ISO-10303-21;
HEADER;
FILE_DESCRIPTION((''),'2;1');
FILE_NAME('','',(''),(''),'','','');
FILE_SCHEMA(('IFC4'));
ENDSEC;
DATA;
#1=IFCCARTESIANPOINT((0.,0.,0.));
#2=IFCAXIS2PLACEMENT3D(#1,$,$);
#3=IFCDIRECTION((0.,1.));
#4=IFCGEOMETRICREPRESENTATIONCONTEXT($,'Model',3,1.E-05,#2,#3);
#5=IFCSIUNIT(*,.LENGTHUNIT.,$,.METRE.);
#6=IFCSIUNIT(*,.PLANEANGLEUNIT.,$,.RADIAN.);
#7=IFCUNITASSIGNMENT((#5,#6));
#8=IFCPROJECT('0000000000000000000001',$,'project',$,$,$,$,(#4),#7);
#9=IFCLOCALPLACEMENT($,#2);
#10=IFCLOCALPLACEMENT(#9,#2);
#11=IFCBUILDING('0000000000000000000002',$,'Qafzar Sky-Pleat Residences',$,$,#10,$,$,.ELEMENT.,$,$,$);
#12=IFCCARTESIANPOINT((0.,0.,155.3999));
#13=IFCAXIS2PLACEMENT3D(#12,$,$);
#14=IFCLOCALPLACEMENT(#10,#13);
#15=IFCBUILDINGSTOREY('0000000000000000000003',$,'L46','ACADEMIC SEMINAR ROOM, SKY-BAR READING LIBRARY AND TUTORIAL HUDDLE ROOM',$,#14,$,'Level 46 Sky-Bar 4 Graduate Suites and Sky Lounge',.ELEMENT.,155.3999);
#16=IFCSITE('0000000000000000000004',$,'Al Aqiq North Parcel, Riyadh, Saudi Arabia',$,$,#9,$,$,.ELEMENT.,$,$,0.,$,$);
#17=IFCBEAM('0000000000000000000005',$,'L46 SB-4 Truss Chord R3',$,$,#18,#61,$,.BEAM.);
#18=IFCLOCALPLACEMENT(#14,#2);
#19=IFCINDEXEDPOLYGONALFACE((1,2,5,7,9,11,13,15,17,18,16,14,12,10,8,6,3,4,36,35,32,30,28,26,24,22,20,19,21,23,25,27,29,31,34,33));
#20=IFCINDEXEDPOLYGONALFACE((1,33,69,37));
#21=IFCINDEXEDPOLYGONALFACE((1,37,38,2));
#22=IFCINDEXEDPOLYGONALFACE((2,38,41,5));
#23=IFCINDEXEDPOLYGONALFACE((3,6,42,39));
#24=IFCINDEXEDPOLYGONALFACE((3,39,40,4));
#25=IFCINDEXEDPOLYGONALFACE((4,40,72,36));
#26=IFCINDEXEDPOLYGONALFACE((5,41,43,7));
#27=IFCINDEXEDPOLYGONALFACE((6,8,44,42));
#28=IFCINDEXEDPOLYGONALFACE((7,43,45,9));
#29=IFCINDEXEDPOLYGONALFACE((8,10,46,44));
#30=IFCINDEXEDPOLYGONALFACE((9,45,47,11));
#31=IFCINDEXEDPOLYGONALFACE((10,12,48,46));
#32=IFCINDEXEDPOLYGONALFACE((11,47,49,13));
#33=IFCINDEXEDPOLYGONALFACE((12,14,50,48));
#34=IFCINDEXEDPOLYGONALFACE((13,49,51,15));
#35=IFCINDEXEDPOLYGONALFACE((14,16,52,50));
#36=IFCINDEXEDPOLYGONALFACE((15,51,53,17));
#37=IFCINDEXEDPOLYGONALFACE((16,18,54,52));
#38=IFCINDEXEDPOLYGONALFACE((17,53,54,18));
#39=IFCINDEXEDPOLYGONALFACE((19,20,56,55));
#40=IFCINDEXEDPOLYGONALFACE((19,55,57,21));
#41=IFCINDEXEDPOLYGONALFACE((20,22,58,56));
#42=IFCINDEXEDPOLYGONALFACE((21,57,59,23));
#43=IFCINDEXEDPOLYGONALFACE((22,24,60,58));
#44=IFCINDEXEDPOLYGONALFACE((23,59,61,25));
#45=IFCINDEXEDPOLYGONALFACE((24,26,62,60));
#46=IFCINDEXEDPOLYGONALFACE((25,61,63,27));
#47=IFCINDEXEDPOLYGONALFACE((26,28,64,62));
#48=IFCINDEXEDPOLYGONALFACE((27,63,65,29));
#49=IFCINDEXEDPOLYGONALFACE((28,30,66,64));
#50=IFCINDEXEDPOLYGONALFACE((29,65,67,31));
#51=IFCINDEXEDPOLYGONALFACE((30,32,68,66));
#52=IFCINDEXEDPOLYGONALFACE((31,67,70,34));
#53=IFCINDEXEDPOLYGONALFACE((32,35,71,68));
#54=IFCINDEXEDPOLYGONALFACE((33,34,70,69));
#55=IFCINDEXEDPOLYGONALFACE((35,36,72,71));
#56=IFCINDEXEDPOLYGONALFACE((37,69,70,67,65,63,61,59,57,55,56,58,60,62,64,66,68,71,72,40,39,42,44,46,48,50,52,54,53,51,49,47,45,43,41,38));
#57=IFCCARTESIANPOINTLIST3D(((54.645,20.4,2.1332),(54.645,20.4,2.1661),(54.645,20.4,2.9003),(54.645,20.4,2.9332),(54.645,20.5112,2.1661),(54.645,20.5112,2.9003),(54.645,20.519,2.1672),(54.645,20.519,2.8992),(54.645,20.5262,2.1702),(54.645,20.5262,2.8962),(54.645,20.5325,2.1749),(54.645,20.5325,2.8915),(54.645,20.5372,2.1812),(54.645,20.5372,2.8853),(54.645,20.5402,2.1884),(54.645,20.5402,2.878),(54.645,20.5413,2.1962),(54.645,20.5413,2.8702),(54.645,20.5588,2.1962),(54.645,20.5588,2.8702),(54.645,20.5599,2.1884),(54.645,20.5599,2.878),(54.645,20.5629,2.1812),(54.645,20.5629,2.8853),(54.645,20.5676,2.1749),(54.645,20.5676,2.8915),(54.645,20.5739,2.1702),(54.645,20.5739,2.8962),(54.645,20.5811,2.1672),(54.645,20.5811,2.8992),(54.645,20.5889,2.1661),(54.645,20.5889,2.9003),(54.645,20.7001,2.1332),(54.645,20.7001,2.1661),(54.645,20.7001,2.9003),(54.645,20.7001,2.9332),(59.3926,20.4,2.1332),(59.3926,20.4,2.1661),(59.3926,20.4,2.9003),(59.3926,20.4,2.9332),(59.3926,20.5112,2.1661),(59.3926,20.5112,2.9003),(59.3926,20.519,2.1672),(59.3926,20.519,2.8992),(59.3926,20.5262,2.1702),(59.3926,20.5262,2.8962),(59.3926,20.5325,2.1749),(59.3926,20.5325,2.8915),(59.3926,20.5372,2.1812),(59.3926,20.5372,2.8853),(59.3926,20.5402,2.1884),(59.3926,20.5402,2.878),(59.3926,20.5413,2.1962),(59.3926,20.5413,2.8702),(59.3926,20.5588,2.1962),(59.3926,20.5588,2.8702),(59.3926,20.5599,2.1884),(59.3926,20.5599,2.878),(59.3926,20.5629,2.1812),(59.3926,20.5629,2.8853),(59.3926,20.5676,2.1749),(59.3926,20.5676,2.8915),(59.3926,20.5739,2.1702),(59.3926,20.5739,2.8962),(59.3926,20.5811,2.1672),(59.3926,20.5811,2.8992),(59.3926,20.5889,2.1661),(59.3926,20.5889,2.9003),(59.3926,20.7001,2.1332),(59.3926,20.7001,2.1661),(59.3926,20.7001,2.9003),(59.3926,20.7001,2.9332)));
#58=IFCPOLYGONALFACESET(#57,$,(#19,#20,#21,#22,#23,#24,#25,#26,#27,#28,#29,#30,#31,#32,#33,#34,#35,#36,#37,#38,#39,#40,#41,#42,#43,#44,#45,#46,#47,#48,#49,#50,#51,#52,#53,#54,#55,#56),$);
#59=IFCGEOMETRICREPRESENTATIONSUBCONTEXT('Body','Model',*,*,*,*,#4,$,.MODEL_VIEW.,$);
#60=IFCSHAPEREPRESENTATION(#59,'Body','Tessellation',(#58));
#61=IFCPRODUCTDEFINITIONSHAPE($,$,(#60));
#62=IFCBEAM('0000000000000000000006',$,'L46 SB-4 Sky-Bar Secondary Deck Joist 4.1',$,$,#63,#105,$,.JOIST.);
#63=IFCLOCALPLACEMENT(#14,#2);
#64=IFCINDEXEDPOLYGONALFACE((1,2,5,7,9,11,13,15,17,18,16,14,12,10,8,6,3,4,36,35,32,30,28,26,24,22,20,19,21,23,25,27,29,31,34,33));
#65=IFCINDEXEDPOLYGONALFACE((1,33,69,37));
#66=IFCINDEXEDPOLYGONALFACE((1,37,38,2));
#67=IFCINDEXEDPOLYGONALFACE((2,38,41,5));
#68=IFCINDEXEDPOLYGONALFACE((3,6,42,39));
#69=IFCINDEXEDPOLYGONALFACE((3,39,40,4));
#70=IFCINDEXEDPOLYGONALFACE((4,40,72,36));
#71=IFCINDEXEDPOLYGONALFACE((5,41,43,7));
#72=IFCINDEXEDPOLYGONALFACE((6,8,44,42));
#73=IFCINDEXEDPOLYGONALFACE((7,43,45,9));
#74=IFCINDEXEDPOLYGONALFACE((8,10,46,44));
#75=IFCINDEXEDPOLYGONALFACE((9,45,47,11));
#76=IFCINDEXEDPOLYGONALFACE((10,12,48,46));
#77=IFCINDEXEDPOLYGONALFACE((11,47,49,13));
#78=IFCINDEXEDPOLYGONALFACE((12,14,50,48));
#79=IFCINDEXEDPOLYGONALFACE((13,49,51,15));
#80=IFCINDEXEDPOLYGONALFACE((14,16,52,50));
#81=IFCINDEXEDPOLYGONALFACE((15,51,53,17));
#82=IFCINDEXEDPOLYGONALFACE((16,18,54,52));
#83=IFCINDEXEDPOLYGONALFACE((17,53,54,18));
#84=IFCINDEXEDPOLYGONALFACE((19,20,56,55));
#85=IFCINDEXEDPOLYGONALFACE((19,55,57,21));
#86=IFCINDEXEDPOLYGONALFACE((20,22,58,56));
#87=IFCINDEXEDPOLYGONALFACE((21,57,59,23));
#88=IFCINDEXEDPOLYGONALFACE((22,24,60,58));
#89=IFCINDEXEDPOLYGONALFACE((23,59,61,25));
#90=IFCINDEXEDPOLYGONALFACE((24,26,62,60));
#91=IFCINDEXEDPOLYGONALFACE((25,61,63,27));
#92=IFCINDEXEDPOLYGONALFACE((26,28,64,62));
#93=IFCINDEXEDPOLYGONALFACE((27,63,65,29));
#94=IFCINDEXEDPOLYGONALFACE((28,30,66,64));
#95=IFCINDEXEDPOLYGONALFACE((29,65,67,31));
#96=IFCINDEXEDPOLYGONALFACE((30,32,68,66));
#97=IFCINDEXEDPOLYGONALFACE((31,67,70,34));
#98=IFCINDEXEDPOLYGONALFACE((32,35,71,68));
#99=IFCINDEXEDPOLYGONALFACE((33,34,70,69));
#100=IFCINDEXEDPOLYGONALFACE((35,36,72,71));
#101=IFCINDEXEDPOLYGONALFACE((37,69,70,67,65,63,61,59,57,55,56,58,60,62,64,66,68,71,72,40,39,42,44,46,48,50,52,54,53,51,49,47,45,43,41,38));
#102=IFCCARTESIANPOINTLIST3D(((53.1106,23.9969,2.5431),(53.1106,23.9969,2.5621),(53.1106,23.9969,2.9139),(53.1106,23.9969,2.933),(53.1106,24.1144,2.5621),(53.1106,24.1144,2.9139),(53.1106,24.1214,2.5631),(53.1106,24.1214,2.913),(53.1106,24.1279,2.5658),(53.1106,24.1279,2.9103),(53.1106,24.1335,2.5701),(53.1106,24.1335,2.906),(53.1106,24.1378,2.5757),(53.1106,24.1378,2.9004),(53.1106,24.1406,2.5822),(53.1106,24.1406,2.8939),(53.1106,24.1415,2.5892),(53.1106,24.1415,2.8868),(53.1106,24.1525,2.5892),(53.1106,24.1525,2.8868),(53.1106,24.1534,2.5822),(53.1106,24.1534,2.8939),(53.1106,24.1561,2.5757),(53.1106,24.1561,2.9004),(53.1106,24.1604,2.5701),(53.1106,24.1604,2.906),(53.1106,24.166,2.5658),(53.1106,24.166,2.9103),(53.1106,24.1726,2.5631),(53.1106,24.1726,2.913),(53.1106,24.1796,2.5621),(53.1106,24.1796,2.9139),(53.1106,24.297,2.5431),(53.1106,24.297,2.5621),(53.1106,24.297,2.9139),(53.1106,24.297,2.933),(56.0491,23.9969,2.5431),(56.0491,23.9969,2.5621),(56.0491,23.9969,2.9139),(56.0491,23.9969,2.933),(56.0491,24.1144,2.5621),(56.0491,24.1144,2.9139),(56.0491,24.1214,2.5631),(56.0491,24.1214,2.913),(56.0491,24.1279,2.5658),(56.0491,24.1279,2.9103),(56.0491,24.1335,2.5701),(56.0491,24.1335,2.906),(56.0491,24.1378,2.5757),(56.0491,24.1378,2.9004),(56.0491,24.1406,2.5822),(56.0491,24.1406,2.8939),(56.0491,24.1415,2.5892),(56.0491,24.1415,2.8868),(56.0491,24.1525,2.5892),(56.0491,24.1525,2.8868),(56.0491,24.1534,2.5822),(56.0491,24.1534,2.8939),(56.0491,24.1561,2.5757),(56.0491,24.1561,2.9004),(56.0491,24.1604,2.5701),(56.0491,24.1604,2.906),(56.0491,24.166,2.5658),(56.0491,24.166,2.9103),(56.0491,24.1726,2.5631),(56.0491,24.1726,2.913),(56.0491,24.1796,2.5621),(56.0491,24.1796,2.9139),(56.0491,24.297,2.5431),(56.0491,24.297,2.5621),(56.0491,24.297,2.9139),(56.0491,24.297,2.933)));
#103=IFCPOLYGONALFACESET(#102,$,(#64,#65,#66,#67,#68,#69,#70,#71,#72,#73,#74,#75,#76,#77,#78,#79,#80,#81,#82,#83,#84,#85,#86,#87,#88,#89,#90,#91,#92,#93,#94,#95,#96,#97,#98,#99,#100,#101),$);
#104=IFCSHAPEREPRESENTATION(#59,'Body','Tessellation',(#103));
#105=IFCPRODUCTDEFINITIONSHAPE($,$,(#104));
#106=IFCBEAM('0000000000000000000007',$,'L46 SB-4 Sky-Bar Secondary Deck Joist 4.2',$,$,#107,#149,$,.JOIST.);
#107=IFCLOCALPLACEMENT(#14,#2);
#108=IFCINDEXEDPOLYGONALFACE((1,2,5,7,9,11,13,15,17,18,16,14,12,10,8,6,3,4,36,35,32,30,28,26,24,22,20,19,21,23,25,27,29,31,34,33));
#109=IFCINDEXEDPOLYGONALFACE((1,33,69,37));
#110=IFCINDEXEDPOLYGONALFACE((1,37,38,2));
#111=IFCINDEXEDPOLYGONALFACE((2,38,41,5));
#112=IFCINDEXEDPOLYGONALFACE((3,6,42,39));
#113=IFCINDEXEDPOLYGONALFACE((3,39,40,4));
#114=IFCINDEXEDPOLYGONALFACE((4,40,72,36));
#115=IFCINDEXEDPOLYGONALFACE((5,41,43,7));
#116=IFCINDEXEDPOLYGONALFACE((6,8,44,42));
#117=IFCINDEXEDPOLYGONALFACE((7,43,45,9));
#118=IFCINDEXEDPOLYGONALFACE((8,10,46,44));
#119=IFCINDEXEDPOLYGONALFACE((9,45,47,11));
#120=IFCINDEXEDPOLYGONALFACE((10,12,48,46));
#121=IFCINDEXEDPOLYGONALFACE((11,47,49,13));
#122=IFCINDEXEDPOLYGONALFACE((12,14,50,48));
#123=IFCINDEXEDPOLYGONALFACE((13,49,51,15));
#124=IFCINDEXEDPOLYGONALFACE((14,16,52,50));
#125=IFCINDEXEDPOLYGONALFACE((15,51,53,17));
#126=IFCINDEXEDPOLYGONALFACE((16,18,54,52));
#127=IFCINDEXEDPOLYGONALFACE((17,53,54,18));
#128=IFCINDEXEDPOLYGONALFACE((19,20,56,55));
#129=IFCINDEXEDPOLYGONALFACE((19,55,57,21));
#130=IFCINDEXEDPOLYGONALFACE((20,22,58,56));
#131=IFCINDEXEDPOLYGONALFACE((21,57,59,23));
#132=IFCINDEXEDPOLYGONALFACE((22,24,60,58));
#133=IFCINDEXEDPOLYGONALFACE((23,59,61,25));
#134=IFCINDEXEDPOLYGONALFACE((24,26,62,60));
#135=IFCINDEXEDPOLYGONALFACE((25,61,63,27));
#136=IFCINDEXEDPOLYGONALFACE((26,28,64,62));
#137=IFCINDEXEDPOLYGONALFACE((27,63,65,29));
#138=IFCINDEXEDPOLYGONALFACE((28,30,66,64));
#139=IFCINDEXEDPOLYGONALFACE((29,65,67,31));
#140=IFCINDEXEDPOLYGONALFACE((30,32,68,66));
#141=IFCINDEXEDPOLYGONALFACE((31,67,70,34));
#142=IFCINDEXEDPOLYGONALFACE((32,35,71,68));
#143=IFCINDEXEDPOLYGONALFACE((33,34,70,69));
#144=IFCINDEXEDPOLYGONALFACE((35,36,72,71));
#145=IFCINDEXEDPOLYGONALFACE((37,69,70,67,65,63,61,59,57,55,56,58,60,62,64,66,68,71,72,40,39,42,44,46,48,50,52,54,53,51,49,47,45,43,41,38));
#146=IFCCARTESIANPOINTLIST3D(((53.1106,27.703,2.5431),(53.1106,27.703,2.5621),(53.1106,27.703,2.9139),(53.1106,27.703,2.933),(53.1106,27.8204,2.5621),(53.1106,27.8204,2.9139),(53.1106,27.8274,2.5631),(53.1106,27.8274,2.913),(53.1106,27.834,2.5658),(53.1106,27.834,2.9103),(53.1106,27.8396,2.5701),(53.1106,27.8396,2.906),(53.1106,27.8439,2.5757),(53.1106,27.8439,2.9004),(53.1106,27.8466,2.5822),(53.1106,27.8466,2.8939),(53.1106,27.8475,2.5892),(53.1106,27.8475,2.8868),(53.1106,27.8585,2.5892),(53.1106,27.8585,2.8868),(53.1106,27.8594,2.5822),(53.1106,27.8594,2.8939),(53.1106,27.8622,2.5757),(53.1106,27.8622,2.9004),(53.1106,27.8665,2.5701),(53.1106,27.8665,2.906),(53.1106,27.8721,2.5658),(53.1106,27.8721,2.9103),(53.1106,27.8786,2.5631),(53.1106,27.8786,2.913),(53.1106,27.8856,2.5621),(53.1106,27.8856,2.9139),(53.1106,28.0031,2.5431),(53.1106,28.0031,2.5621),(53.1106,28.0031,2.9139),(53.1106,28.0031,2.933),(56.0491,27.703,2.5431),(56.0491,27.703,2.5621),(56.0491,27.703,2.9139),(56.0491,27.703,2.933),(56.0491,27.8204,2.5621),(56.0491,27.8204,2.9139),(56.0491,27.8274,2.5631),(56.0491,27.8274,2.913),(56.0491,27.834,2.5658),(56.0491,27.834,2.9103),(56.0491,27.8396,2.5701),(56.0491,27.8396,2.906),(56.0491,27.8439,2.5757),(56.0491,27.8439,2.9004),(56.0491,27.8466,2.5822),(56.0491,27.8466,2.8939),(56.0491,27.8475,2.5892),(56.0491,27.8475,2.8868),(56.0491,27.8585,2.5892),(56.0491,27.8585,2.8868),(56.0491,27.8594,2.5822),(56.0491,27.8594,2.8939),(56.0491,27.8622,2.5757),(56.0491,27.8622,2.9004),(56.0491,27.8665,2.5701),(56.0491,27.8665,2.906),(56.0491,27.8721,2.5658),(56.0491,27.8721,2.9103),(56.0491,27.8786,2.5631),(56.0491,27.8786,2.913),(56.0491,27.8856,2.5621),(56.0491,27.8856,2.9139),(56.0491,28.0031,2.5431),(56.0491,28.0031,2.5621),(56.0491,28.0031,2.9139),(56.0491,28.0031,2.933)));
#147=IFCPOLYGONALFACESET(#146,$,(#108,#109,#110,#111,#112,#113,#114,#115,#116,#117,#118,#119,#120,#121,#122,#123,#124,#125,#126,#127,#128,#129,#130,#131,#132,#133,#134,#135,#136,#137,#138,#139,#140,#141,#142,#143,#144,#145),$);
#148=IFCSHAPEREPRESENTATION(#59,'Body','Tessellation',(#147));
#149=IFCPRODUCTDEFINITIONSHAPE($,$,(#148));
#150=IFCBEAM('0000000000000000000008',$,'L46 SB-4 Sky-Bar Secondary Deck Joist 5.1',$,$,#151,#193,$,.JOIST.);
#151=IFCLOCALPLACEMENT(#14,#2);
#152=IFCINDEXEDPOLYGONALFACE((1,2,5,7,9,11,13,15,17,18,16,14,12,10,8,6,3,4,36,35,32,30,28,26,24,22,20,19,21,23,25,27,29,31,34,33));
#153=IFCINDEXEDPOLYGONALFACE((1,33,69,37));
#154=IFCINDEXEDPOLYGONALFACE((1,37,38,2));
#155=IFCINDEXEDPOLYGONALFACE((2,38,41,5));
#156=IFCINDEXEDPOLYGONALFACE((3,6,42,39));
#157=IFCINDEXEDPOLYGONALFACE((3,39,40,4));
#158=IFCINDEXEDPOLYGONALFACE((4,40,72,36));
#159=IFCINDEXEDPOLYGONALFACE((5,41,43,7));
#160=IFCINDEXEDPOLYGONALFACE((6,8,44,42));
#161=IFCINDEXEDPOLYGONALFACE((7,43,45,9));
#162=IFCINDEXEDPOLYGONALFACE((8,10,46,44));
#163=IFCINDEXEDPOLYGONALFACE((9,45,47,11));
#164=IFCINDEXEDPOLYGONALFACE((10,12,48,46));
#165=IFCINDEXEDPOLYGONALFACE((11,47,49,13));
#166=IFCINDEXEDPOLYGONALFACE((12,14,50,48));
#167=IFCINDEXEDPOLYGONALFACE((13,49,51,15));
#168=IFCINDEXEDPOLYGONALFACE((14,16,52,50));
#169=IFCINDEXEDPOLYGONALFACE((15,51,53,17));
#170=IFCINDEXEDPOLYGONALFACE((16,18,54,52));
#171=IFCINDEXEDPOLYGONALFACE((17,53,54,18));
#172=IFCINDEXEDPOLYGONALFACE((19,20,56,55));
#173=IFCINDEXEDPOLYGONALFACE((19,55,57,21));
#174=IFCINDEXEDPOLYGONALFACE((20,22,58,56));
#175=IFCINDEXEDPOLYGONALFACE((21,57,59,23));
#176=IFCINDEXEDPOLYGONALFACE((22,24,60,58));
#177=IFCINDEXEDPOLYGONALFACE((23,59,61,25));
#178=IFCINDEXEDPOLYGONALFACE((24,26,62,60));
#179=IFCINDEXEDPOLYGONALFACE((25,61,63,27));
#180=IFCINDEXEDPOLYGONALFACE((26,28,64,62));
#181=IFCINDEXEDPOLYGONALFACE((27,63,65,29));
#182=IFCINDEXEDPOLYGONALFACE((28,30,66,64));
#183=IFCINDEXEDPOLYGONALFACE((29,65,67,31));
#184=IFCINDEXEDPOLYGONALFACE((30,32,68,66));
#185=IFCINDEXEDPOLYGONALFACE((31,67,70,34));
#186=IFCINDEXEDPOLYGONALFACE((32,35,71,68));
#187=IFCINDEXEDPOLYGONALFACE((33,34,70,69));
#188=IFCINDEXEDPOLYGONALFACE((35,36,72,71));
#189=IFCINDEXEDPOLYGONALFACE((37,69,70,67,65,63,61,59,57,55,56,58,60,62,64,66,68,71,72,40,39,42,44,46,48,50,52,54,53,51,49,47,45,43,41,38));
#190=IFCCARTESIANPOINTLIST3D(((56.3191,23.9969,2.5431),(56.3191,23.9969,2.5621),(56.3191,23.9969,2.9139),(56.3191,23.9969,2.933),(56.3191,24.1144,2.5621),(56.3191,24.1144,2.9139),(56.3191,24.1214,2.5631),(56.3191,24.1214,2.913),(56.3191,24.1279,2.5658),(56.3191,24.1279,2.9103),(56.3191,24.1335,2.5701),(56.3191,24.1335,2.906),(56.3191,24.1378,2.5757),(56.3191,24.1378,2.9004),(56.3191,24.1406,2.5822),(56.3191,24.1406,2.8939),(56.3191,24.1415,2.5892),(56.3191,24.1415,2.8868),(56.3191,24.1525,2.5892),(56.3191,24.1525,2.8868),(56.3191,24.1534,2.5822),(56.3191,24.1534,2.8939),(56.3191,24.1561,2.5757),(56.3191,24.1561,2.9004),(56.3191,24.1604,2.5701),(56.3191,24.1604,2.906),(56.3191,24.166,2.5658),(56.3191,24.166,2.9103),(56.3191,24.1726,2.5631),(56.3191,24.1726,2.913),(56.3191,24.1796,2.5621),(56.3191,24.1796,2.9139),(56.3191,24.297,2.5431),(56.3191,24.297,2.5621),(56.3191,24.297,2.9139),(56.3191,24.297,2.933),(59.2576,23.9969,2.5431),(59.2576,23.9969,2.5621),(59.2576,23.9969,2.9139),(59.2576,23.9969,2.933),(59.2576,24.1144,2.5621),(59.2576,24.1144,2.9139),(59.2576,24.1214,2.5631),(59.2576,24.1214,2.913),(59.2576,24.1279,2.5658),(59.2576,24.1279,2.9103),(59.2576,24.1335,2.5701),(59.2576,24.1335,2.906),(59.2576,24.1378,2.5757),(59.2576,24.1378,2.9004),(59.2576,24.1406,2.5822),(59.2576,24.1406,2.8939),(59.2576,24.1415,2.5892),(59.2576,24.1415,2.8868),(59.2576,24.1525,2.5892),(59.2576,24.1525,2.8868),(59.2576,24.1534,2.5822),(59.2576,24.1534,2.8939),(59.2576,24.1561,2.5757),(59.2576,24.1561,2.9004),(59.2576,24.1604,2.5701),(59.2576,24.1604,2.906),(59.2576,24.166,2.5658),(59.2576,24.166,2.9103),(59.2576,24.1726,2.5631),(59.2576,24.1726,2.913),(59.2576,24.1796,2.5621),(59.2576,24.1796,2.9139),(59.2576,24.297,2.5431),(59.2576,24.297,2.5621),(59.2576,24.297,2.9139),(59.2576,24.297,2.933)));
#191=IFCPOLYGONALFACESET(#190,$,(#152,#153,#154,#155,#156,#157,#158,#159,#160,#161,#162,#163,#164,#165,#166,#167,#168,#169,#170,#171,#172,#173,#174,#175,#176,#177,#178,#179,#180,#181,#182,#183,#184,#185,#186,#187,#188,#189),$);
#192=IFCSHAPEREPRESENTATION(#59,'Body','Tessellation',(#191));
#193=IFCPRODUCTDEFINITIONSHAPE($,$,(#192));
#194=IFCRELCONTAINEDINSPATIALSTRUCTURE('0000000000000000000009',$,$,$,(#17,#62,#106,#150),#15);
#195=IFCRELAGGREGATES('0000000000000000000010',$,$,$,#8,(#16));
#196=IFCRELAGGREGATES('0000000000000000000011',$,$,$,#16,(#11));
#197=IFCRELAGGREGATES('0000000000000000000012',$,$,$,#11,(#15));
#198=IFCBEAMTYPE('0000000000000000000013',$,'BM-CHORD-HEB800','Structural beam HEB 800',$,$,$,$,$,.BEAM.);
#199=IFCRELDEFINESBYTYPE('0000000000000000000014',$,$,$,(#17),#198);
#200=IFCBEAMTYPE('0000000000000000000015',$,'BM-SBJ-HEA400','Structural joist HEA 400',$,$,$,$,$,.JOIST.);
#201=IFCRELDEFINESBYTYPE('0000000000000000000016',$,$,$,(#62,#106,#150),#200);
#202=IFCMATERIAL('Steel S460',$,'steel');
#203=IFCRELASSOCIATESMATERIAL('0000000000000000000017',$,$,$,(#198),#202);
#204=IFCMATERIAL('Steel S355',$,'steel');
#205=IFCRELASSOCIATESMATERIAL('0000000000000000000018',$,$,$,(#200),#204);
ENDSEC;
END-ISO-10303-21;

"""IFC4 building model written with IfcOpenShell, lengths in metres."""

from ifc_helpers import new_model, si_unit, direction, frame, origin, origin_2d, place, context, subcontext, project, spatial, i_section, extrude, source, transform, mapped, material, material_profile, profile_set, type_object, element, save


model = new_model("IFC4")

# Units and contexts
model_context = context("Model", 3, precision=1e-05, world=origin(), true_north=direction((0.0, 1.0)))
body_context = subcontext(model_context, "Body", "Model", "MODEL_VIEW")
ifc_project = project(units=[si_unit("LENGTHUNIT", "METRE"), si_unit("PLANEANGLEUNIT", "RADIAN")], contexts=[model_context])

# Site, building, storey
site_placement = place(None, origin())
site = spatial("IfcSite", under=ifc_project, at=site_placement, Name="Al Aqiq North Parcel, Riyadh, Saudi Arabia", CompositionType="ELEMENT", RefElevation=0.0)
building_placement = place(site_placement, origin())
building = spatial("IfcBuilding", under=site, at=building_placement, Name="Qafzar Sky-Pleat Residences", CompositionType="ELEMENT")
storey_placement = place(building_placement, frame((0.0, 0.0, 155.3999)))
storey = spatial("IfcBuildingStorey", under=building, at=storey_placement, Name="L46", Description="ACADEMIC SEMINAR ROOM, SKY-BAR READING LIBRARY AND TUTORIAL HUDDLE ROOM", LongName="Level 46 Sky-Bar 4 Graduate Suites and Sky Lounge", CompositionType="ELEMENT", Elevation=155.3999)

# Beams
ifc_material_1 = material(Name="Steel S460", Category="steel")
ifc_material_profile_1 = material_profile(ifc_material_1, i_section(OverallWidth=0.3, OverallDepth=0.8, WebThickness=0.0176, FlangeThickness=0.033, FilletRadius=0.03, at=origin_2d()), Name="HEB 800")
ifc_profile_set_1 = profile_set([ifc_material_profile_1], Name="Steel S460")
beam_type_1 = type_object("IfcBeamType", Name="BM-CHORD-HEB800", Description="Structural beam HEB 800", PredefinedType="BEAM", material=ifc_profile_set_1)
shared_shape_1 = source(origin(), body_context, "Body", "SweptSolid", [
    extrude(i_section(OverallWidth=0.3, OverallDepth=0.8, WebThickness=0.0176, FlangeThickness=0.033, FilletRadius=0.03, at=origin_2d()), origin(), (0.0, 0.0, 1.0), 4.7476),
])
beam_placement = place(storey_placement, frame((54.645, 20.55, 2.5332), z_axis=(1.0, 0.0, 0.0), x_axis=(0.0, 1.0, 0.0)))
element("IfcBeam", 1, at=beam_placement, inside=storey, type_object=beam_type_1, Name="L46 SB-4 Truss Chord R3", PredefinedType="BEAM", context=body_context, shape_type="MappedRepresentation", body=[
    mapped(shared_shape_1, transform((0.0, 0.0, 0.0), x_axis=(1.0, 0.0, 0.0), y_axis=(0.0, 1.0, 0.0), z_axis=(0.0, 0.0, 1.0), scale=1.0)),
])
ifc_material_2 = material(Name="Steel S355", Category="steel")
ifc_material_profile_2 = material_profile(ifc_material_2, i_section(OverallWidth=0.3, OverallDepth=0.3899, WebThickness=0.011, FlangeThickness=0.019, FilletRadius=0.0271, at=origin_2d()), Name="HEA 400")
ifc_profile_set_2 = profile_set([ifc_material_profile_2], Name="Steel S355")
beam_type_2 = type_object("IfcBeamType", Name="BM-SBJ-HEA400", Description="Structural joist HEA 400", PredefinedType="JOIST", material=ifc_profile_set_2)
shared_shape_2 = source(origin(), body_context, "Body", "SweptSolid", [
    extrude(i_section(OverallWidth=0.3, OverallDepth=0.3899, WebThickness=0.011, FlangeThickness=0.019, FilletRadius=0.0271, at=origin_2d()), origin(), (0.0, 0.0, 1.0), 2.9385),
])
for number, where, z_axis, x_axis, name in (
    (2, (53.1106, 24.147, 2.738), (1.0, 0.0, 0.0), (0.0, 1.0, 0.0), "L46 SB-4 Sky-Bar Secondary Deck Joist 4.1"),
    (3, (53.1106, 27.853, 2.738), (1.0, 0.0, 0.0), (0.0, 1.0, 0.0), "L46 SB-4 Sky-Bar Secondary Deck Joist 4.2"),
    (4, (56.3191, 24.147, 2.738), (1.0, 0.0, 0.0), (0.0, 1.0, 0.0), "L46 SB-4 Sky-Bar Secondary Deck Joist 5.1"),
):
    element("IfcBeam", number, at=place(storey_placement, frame(where, z_axis=z_axis, x_axis=x_axis)), inside=storey, type_object=beam_type_2, Name=name, PredefinedType="JOIST", context=body_context, shape_type="MappedRepresentation", body=[
        mapped(shared_shape_2, transform((0.0, 0.0, 0.0), x_axis=(1.0, 0.0, 0.0), y_axis=(0.0, 1.0, 0.0), z_axis=(0.0, 0.0, 1.0), scale=1.0)),
    ])

save(model, "model.ifc")
